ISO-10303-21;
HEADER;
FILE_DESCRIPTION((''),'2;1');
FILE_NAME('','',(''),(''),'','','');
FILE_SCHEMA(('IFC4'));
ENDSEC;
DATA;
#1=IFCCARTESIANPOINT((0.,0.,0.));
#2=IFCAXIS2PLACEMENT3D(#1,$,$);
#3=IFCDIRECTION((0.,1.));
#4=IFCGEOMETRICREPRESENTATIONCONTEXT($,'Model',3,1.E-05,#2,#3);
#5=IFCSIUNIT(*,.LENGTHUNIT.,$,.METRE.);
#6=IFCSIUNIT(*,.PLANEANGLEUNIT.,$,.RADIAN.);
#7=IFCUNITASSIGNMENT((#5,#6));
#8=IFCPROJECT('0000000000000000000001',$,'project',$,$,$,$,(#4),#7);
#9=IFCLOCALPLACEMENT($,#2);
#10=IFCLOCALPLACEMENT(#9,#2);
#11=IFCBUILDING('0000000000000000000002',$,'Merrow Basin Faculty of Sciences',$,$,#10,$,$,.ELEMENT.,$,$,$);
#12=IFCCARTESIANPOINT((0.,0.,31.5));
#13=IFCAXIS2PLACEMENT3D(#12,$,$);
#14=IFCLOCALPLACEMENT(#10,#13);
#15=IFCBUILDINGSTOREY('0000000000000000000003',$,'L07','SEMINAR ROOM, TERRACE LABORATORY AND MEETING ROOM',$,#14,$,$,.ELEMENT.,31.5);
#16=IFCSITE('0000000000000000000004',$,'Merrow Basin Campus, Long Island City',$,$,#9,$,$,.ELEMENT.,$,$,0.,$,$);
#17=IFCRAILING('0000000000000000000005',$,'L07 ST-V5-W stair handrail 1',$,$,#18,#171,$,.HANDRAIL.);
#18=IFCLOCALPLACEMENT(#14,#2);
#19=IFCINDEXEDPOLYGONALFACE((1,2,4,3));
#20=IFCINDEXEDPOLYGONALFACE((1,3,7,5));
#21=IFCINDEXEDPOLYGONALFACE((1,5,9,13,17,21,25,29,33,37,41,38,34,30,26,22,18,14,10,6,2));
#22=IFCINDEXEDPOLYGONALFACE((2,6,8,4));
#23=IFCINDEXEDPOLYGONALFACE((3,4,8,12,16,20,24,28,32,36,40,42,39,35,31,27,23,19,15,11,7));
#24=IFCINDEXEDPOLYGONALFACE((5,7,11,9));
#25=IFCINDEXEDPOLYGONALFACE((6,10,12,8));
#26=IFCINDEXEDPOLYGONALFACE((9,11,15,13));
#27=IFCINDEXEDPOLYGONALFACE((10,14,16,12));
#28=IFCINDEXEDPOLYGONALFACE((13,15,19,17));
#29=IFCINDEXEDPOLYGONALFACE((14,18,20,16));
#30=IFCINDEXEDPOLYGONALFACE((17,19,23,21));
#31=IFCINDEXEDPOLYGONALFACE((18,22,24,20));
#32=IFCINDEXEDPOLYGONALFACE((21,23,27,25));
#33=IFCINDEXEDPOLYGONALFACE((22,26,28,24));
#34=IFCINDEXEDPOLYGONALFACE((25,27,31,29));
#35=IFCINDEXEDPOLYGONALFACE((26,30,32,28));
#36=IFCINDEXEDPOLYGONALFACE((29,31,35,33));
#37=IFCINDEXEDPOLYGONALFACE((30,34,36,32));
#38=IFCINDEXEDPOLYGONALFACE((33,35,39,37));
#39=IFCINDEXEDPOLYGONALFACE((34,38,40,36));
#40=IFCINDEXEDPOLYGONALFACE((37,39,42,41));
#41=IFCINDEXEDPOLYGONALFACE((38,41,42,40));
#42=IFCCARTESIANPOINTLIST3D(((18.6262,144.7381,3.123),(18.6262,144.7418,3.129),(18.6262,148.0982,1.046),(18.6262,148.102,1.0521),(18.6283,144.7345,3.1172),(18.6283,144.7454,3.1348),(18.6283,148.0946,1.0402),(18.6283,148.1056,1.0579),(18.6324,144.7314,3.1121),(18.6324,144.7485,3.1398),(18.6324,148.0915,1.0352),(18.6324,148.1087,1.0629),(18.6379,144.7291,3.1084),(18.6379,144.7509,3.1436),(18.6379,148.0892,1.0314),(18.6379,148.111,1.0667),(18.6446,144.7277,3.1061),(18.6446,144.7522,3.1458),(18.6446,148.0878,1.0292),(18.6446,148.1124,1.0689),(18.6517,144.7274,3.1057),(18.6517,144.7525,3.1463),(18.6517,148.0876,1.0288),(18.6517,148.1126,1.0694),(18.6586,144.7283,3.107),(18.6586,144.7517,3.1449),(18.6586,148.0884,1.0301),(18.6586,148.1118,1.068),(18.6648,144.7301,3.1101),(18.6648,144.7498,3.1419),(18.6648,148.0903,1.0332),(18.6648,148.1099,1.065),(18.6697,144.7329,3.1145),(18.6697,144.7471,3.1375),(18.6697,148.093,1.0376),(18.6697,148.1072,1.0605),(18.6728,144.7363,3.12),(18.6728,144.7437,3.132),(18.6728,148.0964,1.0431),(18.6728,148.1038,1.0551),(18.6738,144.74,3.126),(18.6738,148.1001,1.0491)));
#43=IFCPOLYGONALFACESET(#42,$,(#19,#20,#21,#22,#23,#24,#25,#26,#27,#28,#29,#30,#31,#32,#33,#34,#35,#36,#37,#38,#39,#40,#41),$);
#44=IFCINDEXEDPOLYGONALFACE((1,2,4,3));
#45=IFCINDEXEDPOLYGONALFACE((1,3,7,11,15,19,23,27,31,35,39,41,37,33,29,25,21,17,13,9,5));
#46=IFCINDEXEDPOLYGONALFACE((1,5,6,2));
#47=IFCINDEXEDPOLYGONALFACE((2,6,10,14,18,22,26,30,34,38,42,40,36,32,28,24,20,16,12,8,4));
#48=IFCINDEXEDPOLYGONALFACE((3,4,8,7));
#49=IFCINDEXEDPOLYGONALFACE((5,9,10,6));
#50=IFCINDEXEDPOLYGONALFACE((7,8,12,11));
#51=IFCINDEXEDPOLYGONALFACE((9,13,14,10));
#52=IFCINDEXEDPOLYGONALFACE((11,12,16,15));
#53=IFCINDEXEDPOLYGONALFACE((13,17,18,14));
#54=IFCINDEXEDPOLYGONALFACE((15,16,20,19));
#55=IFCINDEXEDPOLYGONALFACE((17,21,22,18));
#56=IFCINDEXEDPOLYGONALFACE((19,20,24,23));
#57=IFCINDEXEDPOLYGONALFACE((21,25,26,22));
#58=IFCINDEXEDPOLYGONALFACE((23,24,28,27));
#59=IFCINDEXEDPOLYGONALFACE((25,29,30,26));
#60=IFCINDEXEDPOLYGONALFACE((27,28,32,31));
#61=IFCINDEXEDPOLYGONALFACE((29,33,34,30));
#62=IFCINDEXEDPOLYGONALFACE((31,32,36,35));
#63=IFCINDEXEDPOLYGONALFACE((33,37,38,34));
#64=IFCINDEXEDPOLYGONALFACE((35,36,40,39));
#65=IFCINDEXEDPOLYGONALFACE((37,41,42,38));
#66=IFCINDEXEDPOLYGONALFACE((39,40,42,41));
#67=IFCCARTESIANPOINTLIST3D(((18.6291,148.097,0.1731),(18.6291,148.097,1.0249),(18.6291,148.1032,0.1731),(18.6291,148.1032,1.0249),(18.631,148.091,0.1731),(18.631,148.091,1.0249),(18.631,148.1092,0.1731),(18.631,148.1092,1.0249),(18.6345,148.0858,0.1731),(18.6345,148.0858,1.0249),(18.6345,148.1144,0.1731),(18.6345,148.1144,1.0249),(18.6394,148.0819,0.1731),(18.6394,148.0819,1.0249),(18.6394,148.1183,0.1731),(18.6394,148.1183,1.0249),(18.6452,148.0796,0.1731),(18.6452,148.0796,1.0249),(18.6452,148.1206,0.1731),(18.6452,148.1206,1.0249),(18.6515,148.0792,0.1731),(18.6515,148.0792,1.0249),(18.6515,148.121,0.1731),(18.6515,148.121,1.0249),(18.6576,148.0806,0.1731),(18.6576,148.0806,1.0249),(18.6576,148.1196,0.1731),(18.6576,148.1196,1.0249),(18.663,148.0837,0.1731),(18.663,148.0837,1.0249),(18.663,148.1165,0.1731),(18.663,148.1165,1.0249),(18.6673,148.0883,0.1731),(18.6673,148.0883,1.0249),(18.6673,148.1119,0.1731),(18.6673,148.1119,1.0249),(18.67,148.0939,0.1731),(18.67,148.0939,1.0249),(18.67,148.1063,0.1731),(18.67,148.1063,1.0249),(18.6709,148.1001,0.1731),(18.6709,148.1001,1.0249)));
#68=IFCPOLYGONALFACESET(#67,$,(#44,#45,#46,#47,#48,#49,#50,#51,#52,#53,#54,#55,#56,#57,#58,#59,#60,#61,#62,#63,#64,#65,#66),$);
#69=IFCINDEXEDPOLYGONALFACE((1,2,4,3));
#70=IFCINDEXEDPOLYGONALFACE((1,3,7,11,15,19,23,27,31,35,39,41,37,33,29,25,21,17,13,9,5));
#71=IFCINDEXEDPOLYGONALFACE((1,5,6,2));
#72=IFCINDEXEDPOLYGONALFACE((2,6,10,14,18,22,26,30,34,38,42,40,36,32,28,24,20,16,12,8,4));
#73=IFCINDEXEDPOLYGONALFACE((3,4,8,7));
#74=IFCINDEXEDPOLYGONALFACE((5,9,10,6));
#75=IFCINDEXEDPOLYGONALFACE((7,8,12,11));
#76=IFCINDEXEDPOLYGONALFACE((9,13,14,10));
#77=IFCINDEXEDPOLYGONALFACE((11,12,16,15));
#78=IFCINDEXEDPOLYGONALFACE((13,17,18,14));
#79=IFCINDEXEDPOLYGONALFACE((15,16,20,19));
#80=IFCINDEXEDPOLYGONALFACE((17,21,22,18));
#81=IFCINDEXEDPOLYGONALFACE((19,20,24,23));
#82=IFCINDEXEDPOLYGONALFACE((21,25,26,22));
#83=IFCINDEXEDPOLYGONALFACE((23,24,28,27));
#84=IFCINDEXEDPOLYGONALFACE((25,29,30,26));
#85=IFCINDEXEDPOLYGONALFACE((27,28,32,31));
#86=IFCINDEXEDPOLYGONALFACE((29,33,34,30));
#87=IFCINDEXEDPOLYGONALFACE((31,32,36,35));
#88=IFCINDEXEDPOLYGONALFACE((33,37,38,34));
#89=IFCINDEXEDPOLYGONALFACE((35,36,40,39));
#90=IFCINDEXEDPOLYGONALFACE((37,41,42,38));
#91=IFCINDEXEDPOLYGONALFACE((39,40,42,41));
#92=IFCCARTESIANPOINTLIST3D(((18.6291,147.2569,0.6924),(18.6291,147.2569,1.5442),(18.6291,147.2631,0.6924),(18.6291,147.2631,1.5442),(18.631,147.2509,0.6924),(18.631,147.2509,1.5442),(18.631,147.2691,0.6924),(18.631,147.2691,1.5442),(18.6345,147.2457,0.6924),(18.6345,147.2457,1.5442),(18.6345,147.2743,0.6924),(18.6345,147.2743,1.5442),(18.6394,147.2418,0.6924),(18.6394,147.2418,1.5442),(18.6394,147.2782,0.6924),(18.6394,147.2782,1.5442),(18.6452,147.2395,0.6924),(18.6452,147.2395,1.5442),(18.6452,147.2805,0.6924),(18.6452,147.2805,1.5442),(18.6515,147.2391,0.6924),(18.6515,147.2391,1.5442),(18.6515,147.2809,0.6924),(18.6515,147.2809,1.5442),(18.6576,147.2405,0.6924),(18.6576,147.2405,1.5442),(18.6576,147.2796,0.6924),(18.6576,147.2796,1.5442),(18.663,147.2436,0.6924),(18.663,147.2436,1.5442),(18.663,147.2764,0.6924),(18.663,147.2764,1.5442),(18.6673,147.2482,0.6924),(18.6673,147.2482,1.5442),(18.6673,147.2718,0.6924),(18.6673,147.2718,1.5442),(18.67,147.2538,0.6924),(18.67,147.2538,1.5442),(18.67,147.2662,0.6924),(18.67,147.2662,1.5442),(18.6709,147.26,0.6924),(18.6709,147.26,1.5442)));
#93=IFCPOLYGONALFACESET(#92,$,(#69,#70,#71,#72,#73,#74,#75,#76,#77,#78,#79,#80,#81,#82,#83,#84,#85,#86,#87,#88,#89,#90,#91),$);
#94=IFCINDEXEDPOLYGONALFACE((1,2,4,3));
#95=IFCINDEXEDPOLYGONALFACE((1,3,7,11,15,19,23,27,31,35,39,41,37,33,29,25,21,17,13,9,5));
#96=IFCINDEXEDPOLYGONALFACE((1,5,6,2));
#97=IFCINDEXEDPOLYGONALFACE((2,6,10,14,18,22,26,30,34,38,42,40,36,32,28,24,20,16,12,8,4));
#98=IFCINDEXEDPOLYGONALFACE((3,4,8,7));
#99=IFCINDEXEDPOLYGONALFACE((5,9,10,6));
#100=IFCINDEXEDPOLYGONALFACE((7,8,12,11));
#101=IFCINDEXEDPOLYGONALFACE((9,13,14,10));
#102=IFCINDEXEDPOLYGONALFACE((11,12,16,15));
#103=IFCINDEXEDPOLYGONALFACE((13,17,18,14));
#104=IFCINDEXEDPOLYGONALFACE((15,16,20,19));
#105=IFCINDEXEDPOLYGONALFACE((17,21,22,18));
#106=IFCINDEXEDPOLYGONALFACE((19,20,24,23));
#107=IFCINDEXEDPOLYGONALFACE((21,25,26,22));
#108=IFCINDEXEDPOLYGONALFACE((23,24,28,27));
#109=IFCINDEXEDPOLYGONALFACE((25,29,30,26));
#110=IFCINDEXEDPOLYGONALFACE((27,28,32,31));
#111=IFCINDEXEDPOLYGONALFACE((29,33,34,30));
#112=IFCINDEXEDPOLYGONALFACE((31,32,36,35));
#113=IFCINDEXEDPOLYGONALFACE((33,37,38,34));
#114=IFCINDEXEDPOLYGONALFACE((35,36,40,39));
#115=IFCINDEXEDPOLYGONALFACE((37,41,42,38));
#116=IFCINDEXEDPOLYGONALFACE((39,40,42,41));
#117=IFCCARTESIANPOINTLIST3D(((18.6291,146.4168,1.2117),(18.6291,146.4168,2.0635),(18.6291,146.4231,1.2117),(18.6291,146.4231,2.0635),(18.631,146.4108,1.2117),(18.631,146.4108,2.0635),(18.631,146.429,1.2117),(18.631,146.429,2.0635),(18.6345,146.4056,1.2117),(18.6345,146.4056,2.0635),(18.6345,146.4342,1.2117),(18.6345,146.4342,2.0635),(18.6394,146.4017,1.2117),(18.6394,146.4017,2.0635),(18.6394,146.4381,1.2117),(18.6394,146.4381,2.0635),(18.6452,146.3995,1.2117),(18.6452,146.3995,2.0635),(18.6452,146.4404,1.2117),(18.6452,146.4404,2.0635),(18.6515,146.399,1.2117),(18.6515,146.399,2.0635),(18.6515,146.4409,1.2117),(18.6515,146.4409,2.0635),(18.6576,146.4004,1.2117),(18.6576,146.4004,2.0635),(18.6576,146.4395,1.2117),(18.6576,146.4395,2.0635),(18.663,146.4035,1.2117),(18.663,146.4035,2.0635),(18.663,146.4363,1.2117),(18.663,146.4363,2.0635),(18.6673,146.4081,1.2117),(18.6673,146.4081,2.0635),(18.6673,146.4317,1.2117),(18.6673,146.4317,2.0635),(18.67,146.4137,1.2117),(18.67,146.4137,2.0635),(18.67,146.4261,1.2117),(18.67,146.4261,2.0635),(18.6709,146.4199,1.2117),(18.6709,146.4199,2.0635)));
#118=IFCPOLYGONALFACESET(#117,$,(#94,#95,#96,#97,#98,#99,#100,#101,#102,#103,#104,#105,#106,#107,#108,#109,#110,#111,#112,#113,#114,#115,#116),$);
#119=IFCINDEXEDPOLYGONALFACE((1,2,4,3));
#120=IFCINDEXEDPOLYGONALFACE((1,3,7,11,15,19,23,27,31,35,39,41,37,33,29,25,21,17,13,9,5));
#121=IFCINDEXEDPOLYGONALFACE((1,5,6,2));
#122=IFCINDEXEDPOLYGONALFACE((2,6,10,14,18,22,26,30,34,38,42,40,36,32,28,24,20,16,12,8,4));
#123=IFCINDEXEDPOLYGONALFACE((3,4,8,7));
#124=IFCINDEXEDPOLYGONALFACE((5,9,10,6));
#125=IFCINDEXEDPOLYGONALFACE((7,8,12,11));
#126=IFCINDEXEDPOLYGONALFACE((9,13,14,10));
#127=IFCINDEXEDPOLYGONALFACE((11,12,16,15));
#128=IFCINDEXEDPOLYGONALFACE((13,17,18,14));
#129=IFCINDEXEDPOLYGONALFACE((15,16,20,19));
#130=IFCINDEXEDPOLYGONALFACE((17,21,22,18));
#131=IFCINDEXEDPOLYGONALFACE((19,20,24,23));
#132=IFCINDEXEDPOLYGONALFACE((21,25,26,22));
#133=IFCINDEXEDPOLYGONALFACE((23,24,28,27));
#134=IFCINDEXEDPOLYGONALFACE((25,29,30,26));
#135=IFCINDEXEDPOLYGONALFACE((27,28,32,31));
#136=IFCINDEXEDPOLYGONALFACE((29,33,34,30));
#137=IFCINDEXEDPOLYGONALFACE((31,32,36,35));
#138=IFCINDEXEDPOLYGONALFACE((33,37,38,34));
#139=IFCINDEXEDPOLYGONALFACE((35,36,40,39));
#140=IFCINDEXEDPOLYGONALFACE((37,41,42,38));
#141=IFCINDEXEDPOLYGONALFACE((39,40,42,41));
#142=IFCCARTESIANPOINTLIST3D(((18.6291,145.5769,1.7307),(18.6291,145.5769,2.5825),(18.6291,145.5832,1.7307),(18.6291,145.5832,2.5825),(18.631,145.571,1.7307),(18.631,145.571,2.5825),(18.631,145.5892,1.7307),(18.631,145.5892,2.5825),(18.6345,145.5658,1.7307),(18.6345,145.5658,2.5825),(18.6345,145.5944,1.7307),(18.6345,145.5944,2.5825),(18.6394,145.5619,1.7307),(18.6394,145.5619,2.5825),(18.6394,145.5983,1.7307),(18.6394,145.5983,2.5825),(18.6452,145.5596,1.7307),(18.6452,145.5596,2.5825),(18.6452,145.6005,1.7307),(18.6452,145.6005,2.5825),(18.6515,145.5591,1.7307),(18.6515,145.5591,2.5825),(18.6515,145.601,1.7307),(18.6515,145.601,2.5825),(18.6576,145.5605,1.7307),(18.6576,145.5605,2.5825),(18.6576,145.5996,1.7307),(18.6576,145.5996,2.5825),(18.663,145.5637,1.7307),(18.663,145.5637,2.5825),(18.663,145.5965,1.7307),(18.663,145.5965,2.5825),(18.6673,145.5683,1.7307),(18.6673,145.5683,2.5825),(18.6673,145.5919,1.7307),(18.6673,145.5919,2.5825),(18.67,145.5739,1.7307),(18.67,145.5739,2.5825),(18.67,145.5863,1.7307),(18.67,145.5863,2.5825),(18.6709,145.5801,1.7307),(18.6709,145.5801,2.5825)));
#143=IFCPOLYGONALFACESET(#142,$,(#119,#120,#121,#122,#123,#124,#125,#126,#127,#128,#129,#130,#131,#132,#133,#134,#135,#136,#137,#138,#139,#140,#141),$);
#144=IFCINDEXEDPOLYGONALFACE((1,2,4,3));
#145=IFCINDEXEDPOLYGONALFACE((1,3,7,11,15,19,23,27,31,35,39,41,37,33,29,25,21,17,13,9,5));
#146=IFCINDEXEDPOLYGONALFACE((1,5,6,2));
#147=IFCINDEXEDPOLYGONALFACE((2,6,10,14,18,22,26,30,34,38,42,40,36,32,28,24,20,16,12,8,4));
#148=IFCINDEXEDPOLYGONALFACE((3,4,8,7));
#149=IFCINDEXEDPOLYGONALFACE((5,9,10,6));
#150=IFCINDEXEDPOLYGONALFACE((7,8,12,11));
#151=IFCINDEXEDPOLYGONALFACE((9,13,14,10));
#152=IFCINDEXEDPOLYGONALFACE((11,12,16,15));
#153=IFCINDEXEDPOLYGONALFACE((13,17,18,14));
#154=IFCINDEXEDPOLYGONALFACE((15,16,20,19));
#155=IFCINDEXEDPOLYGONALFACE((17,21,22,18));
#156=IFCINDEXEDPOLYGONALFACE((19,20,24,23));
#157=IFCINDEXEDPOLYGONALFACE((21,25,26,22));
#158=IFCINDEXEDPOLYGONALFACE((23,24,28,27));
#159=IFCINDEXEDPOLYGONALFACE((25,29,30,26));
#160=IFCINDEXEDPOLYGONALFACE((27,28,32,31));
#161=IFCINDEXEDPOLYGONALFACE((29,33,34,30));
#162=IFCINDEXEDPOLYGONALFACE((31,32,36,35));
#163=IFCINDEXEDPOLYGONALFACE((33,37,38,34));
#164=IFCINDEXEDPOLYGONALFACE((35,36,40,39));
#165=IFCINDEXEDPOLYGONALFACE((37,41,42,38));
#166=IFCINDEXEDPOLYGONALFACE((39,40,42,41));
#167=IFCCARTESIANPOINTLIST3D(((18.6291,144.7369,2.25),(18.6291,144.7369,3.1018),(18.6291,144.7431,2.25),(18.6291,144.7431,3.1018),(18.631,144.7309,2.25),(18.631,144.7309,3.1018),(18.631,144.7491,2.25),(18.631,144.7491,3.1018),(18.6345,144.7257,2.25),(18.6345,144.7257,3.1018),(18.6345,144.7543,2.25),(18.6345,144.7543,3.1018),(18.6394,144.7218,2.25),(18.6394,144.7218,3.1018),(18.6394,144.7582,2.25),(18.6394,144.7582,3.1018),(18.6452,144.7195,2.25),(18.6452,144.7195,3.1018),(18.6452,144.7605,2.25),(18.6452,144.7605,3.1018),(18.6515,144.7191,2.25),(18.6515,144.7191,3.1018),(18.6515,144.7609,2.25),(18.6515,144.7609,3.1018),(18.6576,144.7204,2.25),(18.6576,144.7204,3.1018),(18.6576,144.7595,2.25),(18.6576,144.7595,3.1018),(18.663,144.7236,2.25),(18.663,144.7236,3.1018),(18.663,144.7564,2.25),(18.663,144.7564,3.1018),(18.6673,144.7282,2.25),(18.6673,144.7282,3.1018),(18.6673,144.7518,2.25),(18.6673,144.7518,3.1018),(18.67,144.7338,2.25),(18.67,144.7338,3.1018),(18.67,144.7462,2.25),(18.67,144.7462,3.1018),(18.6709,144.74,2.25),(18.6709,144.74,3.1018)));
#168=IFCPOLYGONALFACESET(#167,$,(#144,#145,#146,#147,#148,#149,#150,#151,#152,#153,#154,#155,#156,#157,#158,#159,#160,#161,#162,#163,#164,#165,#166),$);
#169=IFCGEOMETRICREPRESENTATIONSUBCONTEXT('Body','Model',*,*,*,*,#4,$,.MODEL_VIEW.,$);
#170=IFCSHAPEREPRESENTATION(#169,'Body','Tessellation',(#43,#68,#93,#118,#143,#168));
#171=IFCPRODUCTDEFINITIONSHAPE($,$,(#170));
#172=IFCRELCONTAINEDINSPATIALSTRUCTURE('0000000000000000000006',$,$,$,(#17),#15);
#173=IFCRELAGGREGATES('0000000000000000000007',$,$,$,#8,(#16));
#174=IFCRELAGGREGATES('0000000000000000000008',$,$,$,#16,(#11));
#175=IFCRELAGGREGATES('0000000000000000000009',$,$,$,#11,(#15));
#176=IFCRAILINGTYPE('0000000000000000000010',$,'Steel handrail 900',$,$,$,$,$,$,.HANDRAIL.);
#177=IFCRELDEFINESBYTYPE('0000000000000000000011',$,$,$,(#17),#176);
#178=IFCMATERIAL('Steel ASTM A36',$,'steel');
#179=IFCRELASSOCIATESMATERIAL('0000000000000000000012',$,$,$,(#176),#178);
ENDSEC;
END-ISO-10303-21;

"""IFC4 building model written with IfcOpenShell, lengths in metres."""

from ifc_helpers import new_model, si_unit, direction, frame, origin, origin_2d, place, context, subcontext, project, spatial, circle, extrude, material, type_object, element, save


model = new_model("IFC4")

# Units and contexts
model_context = context("Model", 3, precision=1e-05, world=origin(), true_north=direction((0.0, 1.0)))
body_context = subcontext(model_context, "Body", "Model", "MODEL_VIEW")
ifc_project = project(units=[si_unit("LENGTHUNIT", "METRE"), si_unit("PLANEANGLEUNIT", "RADIAN")], contexts=[model_context])

# Site, building, storey
site_placement = place(None, origin())
site = spatial("IfcSite", under=ifc_project, at=site_placement, Name="Merrow Basin Campus, Long Island City", CompositionType="ELEMENT", RefElevation=0.0)
building_placement = place(site_placement, origin())
building = spatial("IfcBuilding", under=site, at=building_placement, Name="Merrow Basin Faculty of Sciences", CompositionType="ELEMENT")
storey_placement = place(building_placement, frame((0.0, 0.0, 31.5)))
storey = spatial("IfcBuildingStorey", under=building, at=storey_placement, Name="L07", Description="SEMINAR ROOM, TERRACE LABORATORY AND MEETING ROOM", CompositionType="ELEMENT", Elevation=31.5)

# Railing
ifc_material_1 = material(Name="Steel ASTM A36", Category="steel")
railing_type_1 = type_object("IfcRailingType", Name="Steel handrail 900", PredefinedType="HANDRAIL", material=ifc_material_1)
railing_1_placement = place(storey_placement, frame((18.6499, 148.1001, 0.1731)))
element("IfcRailing", 1, at=railing_1_placement, inside=storey, type_object=railing_type_1, Name="L07 ST-V5-W stair handrail 1", PredefinedType="HANDRAIL", context=body_context, shape_type="SweptSolid", body=[
    extrude(circle(Radius=0.0239, at=origin_2d()), frame((0.0, 0.0, 0.876), z_axis=(0.0, -0.850623, 0.525776), x_axis=(1.0, 0.0, 0.0)), (0.0, 0.0, 1.0), 3.9502),
    extrude(circle(Radius=0.021, at=origin_2d()), origin(), (0.0, 0.0, 1.0), 0.8518),
    extrude(circle(Radius=0.021, at=origin_2d()), frame((0.0, -0.8401, 0.5193)), (0.0, 0.0, 1.0), 0.8518),
    extrude(circle(Radius=0.021, at=origin_2d()), frame((0.0, -1.6802, 1.0386)), (0.0, 0.0, 1.0), 0.8518),
    extrude(circle(Radius=0.021, at=origin_2d()), frame((0.0, -2.52, 1.5576)), (0.0, 0.0, 1.0), 0.8518),
    extrude(circle(Radius=0.021, at=origin_2d()), frame((0.0, -3.3601, 2.0769)), (0.0, 0.0, 1.0), 0.8518),
])

save(model, "model.ifc")
